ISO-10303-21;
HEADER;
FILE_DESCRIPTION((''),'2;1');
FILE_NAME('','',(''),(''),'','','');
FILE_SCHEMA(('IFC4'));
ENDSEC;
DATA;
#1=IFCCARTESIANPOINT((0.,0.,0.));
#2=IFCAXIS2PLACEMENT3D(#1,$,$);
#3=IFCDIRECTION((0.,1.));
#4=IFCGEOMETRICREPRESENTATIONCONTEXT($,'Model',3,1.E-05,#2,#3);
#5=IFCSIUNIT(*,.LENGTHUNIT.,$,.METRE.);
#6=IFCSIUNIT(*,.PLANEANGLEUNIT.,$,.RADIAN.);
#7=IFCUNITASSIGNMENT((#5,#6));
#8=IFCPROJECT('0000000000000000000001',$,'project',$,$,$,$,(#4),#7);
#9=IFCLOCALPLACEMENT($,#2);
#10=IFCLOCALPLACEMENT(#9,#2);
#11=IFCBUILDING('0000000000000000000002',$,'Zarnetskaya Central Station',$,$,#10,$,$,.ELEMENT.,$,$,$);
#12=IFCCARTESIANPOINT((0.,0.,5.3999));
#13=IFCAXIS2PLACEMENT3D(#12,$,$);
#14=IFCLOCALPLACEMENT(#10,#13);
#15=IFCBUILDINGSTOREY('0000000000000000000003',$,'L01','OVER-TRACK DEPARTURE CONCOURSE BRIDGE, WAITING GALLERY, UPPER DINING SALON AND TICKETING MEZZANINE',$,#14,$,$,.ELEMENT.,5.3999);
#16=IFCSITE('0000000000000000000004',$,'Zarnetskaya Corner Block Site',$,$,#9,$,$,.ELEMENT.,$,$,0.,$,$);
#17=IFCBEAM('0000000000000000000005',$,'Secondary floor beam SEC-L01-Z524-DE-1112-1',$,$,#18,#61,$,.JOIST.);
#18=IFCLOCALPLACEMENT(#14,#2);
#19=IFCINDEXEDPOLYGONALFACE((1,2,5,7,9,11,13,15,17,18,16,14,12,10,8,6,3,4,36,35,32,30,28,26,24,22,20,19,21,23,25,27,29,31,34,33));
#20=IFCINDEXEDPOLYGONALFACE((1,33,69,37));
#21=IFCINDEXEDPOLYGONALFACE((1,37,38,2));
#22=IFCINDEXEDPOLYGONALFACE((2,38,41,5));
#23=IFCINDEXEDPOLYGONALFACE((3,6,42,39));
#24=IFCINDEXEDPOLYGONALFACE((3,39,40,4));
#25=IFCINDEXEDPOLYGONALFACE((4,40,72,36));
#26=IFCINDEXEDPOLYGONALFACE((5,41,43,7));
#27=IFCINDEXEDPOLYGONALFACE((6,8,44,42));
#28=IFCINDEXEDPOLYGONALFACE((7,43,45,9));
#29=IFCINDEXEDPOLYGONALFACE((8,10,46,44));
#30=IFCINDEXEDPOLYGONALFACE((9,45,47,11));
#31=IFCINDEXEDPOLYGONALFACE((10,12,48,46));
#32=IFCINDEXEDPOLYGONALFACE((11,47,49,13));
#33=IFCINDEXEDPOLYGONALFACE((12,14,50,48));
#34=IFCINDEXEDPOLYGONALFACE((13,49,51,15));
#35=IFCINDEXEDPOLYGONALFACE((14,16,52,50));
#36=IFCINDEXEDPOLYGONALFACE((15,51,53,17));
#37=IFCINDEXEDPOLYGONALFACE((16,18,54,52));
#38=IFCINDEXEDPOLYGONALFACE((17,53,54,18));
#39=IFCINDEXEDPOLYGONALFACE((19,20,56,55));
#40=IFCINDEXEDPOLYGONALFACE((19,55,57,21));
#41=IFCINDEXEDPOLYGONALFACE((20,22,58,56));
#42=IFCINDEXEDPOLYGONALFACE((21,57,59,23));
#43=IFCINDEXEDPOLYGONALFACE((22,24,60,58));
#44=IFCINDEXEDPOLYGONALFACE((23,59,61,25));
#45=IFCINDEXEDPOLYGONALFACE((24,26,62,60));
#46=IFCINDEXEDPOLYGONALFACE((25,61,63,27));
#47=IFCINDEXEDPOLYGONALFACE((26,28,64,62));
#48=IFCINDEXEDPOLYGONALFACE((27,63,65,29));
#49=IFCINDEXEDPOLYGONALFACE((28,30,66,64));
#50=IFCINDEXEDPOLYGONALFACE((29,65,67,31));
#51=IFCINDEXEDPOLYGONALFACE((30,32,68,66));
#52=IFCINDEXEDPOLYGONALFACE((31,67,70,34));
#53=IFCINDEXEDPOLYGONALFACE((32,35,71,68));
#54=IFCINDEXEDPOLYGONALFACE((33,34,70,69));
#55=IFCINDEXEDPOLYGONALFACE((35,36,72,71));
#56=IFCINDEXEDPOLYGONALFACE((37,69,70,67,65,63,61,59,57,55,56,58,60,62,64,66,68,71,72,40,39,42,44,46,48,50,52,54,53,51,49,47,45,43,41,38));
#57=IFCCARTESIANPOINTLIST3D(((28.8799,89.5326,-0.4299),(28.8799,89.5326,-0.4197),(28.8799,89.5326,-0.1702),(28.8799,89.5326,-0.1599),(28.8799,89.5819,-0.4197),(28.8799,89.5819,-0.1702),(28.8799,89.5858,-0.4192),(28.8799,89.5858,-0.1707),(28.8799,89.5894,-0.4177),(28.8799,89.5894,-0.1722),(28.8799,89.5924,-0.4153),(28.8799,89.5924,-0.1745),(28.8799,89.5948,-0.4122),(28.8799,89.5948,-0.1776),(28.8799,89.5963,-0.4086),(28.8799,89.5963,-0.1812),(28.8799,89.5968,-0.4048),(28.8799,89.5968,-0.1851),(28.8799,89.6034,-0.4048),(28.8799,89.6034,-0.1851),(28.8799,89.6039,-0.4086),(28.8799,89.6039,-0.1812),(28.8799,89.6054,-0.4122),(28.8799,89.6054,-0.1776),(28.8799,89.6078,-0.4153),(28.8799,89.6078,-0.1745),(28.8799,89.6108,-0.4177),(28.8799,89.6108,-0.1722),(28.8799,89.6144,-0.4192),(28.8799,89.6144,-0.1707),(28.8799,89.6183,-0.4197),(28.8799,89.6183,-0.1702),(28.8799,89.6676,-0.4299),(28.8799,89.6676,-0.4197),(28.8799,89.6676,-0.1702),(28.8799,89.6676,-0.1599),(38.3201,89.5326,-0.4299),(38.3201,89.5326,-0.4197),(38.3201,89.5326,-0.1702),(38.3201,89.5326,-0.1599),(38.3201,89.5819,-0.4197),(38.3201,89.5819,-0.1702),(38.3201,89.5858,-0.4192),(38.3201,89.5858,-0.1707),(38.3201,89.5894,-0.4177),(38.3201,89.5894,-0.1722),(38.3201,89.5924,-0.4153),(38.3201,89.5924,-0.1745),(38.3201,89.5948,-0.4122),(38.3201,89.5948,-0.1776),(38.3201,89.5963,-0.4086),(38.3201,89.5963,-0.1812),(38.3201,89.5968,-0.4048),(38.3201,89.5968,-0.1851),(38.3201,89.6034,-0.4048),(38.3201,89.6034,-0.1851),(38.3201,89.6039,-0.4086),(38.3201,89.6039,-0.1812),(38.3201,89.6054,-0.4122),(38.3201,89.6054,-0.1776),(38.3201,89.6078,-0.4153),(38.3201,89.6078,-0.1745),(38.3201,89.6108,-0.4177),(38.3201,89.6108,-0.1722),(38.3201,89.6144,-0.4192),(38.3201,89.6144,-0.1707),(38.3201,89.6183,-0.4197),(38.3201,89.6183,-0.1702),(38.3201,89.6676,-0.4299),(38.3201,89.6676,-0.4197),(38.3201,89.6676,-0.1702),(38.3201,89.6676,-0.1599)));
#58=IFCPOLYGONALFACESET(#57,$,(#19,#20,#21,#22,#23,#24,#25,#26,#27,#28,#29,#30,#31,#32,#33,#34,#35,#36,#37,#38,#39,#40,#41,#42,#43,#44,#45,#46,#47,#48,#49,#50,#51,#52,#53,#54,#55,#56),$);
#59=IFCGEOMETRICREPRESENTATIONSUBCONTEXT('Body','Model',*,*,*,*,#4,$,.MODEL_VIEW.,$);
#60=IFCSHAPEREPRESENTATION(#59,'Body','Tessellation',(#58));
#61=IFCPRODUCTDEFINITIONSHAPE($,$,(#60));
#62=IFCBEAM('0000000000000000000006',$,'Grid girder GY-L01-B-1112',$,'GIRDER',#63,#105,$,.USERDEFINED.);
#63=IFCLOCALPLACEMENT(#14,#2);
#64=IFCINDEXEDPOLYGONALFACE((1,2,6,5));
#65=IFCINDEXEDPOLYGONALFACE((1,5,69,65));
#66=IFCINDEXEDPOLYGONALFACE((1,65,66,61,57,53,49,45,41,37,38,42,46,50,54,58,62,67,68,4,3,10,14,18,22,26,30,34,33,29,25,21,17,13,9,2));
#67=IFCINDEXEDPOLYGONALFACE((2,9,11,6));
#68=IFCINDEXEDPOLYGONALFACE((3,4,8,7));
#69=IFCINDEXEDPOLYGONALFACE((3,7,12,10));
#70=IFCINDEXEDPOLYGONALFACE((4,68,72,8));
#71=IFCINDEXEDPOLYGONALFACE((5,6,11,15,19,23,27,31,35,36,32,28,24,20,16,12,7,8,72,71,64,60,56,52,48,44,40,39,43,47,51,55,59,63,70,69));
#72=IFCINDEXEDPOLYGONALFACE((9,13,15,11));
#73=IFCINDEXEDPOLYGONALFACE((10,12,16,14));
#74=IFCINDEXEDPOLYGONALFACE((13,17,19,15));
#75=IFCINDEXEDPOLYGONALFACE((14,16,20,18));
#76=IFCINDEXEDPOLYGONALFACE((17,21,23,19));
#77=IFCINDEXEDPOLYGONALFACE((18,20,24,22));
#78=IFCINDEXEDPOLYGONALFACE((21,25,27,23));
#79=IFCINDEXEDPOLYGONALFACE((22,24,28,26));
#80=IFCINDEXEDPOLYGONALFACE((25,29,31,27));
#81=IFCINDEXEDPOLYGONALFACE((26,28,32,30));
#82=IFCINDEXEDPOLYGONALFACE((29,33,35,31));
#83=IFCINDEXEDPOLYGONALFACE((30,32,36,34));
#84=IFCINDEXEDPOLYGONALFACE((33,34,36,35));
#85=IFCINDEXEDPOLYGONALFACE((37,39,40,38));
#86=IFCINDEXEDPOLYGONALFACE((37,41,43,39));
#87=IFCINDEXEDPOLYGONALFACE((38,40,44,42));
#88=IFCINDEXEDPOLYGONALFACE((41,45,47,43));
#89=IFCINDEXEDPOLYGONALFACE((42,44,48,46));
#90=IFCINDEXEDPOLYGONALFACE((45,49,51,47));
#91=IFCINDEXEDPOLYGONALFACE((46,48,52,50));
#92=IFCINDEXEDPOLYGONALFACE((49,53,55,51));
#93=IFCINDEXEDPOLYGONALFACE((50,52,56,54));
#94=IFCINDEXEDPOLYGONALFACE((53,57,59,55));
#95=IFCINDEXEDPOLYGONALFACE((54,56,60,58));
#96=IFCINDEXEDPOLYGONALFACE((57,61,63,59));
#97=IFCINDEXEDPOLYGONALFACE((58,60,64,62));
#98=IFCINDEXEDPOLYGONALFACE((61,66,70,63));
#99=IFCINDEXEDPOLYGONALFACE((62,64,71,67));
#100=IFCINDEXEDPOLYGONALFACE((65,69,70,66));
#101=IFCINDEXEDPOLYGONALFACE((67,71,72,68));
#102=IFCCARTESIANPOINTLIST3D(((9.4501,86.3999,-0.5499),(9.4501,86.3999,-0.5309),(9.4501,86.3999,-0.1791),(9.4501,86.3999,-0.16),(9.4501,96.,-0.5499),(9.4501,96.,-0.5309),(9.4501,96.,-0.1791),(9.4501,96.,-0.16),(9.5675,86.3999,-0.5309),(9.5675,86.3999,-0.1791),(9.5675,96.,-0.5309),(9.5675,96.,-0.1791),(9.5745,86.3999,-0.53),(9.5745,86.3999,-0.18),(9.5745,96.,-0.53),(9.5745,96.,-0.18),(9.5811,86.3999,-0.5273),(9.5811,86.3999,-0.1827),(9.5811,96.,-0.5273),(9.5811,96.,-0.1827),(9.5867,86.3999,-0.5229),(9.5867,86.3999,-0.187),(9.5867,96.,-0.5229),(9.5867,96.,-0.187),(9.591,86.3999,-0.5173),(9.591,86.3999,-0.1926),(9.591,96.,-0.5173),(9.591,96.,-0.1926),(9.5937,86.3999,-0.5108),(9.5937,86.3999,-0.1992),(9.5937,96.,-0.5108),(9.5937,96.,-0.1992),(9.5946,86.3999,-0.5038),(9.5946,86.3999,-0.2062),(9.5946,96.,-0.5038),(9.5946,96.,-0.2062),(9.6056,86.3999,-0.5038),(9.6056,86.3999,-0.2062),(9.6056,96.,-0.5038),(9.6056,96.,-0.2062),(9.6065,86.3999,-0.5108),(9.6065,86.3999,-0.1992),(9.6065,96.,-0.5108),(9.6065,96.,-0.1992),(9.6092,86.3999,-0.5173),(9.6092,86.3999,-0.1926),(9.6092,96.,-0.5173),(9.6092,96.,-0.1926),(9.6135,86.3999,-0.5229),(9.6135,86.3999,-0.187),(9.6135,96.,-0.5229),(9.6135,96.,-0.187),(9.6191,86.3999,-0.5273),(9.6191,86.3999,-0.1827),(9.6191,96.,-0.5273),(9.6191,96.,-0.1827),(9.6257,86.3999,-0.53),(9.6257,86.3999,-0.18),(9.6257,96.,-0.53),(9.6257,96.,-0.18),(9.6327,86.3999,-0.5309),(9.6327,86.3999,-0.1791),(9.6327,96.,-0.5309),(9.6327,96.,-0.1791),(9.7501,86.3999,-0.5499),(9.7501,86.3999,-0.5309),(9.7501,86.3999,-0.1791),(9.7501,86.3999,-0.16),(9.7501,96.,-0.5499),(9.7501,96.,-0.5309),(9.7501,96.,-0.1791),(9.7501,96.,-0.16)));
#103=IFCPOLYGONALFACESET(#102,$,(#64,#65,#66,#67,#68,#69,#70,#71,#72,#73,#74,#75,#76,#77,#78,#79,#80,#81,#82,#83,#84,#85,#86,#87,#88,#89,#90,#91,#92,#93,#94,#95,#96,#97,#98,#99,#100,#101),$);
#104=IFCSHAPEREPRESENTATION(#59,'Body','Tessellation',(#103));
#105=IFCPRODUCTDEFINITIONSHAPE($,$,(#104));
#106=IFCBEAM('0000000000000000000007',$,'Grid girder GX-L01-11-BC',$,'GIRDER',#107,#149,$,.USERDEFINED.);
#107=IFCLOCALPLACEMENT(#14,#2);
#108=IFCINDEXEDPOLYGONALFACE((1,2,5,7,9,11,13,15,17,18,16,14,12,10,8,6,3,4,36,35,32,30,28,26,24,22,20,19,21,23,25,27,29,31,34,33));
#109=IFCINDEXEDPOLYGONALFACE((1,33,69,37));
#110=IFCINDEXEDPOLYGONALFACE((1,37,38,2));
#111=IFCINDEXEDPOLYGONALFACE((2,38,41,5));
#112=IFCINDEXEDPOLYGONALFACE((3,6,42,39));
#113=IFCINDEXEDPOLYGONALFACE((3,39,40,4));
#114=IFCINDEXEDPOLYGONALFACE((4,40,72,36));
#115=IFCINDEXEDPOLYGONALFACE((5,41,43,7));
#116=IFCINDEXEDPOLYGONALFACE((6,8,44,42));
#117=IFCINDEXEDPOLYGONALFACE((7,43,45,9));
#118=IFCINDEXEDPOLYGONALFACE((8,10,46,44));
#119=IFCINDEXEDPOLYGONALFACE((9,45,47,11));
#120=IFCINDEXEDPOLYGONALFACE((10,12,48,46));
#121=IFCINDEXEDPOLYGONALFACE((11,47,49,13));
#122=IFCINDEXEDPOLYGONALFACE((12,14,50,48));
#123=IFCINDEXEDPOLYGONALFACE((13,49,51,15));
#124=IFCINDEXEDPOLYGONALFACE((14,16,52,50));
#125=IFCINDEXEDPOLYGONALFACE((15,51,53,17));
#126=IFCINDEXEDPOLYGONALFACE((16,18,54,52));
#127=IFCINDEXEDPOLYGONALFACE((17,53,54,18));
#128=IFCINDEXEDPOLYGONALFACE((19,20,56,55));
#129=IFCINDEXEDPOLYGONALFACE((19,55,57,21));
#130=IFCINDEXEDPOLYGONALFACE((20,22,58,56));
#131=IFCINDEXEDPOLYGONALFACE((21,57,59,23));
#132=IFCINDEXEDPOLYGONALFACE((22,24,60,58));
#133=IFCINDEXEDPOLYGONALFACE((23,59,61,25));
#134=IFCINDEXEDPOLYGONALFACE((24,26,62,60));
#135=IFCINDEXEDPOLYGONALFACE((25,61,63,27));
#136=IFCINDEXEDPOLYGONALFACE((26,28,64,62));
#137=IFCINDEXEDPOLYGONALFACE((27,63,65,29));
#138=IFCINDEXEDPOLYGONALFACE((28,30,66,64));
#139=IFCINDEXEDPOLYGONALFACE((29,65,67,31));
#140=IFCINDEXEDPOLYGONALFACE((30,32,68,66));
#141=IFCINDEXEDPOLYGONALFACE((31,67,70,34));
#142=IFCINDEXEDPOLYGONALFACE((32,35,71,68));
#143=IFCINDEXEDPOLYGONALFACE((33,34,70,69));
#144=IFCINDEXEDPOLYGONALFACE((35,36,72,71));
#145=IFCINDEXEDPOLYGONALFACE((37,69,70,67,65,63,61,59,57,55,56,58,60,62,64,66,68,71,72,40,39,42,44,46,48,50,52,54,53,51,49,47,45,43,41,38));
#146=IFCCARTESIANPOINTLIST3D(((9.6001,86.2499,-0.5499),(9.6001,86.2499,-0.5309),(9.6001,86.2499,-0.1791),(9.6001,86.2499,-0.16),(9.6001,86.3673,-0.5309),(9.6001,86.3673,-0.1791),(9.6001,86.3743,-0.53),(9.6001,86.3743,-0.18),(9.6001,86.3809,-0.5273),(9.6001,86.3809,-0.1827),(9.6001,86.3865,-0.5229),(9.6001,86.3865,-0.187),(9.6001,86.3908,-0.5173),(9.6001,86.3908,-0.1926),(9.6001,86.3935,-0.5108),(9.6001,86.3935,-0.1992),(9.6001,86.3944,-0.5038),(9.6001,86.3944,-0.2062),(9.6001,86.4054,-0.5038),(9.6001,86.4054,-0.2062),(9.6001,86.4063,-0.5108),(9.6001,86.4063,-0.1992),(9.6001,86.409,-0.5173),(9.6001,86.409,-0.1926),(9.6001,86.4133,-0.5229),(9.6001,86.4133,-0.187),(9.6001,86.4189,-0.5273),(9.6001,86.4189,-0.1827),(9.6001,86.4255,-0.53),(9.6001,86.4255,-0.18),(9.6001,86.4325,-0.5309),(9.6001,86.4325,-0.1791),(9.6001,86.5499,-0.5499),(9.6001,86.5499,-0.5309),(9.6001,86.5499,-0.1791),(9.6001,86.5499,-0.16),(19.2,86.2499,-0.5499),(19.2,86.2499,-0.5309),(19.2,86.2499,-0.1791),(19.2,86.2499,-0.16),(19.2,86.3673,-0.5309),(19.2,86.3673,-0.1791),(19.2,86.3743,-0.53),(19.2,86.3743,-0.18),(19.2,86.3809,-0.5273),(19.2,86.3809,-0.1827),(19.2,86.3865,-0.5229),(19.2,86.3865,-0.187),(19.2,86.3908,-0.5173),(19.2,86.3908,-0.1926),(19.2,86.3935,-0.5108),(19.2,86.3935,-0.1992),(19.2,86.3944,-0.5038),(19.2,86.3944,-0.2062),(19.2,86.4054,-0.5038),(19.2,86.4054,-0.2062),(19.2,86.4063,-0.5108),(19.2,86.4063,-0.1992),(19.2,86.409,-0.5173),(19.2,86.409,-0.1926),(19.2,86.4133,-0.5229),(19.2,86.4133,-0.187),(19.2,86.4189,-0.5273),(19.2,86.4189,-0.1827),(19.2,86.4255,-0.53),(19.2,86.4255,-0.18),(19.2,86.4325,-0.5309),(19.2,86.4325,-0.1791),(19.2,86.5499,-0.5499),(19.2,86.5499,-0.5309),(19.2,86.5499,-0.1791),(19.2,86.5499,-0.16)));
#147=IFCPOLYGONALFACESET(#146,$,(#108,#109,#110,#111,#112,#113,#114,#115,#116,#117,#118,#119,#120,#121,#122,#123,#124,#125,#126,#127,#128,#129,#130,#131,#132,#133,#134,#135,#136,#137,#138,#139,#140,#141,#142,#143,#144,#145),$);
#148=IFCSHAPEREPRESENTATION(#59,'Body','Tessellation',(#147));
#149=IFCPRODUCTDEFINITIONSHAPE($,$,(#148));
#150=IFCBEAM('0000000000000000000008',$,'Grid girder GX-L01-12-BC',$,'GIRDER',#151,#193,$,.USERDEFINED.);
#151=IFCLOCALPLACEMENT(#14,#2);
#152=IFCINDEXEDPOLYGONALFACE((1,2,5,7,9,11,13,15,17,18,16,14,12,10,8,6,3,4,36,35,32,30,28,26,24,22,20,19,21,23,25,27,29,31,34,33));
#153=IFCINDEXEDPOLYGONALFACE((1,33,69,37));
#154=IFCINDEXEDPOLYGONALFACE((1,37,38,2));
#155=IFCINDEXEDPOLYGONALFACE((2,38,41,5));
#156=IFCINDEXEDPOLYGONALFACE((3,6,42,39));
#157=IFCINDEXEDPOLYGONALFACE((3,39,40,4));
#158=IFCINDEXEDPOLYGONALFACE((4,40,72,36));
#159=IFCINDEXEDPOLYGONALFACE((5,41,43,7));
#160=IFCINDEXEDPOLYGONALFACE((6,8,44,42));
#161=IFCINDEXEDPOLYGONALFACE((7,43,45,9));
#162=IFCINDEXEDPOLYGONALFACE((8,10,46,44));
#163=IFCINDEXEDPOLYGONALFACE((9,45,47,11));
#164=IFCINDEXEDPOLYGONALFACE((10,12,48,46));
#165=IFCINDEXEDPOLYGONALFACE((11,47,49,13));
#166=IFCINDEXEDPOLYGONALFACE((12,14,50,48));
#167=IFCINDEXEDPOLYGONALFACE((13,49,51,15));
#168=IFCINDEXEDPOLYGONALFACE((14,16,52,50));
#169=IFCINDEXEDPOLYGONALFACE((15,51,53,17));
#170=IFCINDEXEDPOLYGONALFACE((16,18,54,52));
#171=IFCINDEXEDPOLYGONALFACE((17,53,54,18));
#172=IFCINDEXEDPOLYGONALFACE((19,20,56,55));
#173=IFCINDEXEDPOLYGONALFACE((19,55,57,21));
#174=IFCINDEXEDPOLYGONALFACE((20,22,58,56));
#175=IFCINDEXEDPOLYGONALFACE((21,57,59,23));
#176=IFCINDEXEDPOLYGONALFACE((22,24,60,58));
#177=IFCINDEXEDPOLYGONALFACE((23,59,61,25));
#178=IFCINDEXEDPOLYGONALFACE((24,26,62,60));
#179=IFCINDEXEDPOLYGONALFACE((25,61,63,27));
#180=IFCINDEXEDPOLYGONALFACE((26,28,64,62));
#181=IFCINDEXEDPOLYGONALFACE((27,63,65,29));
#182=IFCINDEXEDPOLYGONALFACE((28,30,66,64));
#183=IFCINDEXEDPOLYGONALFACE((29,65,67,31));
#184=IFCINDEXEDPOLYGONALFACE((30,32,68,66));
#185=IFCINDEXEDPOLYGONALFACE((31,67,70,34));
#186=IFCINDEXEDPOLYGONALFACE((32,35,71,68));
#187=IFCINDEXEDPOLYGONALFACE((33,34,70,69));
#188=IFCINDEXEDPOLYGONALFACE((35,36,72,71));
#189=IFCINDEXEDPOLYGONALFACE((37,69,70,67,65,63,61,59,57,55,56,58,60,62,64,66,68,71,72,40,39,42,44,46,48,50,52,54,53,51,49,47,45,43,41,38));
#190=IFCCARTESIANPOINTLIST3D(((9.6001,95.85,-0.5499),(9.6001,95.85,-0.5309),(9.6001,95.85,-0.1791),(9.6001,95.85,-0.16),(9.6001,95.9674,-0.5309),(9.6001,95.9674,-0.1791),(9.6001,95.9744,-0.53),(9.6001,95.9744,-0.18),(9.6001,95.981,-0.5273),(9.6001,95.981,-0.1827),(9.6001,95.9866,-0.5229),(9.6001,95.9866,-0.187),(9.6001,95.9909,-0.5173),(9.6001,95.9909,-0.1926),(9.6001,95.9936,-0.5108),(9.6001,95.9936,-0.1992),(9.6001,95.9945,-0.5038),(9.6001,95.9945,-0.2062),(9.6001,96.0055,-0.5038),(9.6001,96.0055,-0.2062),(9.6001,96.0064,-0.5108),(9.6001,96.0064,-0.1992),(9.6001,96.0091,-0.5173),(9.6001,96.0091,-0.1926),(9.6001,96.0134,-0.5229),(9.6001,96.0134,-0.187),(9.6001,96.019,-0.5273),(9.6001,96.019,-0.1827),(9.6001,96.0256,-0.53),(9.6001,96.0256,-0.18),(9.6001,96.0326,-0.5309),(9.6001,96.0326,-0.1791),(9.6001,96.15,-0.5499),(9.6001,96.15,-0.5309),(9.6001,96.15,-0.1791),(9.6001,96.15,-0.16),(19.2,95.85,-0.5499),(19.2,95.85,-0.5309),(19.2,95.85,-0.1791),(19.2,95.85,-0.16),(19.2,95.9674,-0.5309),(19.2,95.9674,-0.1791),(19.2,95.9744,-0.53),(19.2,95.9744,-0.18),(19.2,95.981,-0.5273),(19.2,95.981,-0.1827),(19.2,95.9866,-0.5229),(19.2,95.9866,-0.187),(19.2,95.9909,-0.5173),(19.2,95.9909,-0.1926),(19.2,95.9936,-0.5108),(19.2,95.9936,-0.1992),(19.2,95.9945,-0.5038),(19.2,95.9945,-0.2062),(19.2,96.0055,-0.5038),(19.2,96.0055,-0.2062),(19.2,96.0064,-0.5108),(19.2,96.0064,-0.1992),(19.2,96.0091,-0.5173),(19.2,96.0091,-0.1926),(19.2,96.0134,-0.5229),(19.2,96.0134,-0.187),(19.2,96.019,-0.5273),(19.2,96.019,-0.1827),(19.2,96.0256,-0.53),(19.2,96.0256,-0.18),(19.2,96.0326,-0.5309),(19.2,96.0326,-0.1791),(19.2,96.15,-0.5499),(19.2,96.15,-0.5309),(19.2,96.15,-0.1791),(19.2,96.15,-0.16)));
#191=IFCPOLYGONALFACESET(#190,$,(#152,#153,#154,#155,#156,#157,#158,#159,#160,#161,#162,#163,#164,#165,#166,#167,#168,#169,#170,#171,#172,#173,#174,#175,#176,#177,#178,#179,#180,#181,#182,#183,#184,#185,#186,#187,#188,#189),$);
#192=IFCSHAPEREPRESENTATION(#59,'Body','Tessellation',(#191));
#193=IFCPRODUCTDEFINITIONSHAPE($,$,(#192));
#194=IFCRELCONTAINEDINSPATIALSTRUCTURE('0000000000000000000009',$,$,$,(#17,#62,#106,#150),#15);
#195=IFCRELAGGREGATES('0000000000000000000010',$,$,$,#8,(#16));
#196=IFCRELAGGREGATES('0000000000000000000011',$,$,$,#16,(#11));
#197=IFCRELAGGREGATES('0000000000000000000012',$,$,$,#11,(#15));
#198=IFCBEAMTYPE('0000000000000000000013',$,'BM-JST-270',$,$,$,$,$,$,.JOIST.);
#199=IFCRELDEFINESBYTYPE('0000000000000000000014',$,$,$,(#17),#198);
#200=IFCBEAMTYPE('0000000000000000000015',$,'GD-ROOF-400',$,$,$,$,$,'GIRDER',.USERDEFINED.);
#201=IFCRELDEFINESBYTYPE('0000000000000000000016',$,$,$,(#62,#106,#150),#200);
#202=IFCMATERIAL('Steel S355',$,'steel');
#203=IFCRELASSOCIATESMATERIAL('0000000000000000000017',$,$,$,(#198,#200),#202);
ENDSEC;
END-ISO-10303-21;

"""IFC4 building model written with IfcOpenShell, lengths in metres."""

from ifc_helpers import new_model, si_unit, direction, frame, origin, origin_2d, place, context, subcontext, project, spatial, i_section, extrude, material, material_profile, profile_set, type_object, element, save


model = new_model("IFC4")

# Units and contexts
model_context = context("Model", 3, precision=1e-05, world=origin(), true_north=direction((0.0, 1.0)))
body_context = subcontext(model_context, "Body", "Model", "MODEL_VIEW")
ifc_project = project(units=[si_unit("LENGTHUNIT", "METRE"), si_unit("PLANEANGLEUNIT", "RADIAN")], contexts=[model_context])

# Site, building, storey
site_placement = place(None, origin())
site = spatial("IfcSite", under=ifc_project, at=site_placement, Name="Zarnetskaya Corner Block Site", CompositionType="ELEMENT", RefElevation=0.0)
building_placement = place(site_placement, origin())
building = spatial("IfcBuilding", under=site, at=building_placement, Name="Zarnetskaya Central Station", CompositionType="ELEMENT")
storey_placement = place(building_placement, frame((0.0, 0.0, 5.3999)))
storey = spatial("IfcBuildingStorey", under=building, at=storey_placement, Name="L01", Description="OVER-TRACK DEPARTURE CONCOURSE BRIDGE, WAITING GALLERY, UPPER DINING SALON AND TICKETING MEZZANINE", CompositionType="ELEMENT", Elevation=5.3999)

# Beams
ifc_material = material(Name="Steel S355", Category="steel")
ifc_material_profile_1 = material_profile(ifc_material, i_section(OverallWidth=0.135, OverallDepth=0.27, WebThickness=0.0066, FlangeThickness=0.0103, FilletRadius=0.0149, at=origin_2d()), Name="IPE 270")
ifc_profile_set_1 = profile_set([ifc_material_profile_1], Name="Steel S355")
beam_type_1 = type_object("IfcBeamType", Name="BM-JST-270", PredefinedType="JOIST", material=ifc_profile_set_1)
beam_1_placement = place(storey_placement, frame((28.8799, 89.6001, -0.2949), z_axis=(1.0, 0.0, 0.0), x_axis=(0.0, 1.0, 0.0)))
element("IfcBeam", 1, at=beam_1_placement, inside=storey, type_object=beam_type_1, Name="Secondary floor beam SEC-L01-Z524-DE-1112-1", PredefinedType="JOIST", context=body_context, shape_type="SweptSolid", body=[
    extrude(i_section(OverallWidth=0.135, OverallDepth=0.27, WebThickness=0.0066, FlangeThickness=0.0103, FilletRadius=0.0149, at=origin_2d()), origin(), (0.0, 0.0, 1.0), 9.4402),
])
ifc_material_profile_2 = material_profile(ifc_material, i_section(OverallWidth=0.3, OverallDepth=0.3899, WebThickness=0.011, FlangeThickness=0.019, FilletRadius=0.0271, at=origin_2d()), Name="HEA 400")
ifc_profile_set_2 = profile_set([ifc_material_profile_2], Name="Steel S355")
beam_type_2 = type_object("IfcBeamType", Name="GD-ROOF-400", ElementType="GIRDER", PredefinedType="USERDEFINED", material=ifc_profile_set_2)
beam_2_placement = place(storey_placement, frame((9.6001, 86.3999, -0.355), z_axis=(0.0, 1.0, 0.0), x_axis=(-1.0, 0.0, 0.0)))
element("IfcBeam", 2, at=beam_2_placement, inside=storey, type_object=beam_type_2, Name="Grid girder GY-L01-B-1112", ObjectType="GIRDER", PredefinedType="USERDEFINED", context=body_context, shape_type="SweptSolid", body=[
    extrude(i_section(OverallWidth=0.3, OverallDepth=0.3899, WebThickness=0.011, FlangeThickness=0.019, FilletRadius=0.0271, at=origin_2d()), origin(), (0.0, 0.0, 1.0), 9.6001),
])
for number, where, z_axis, x_axis, name in (
    (3, (9.6001, 86.3999, -0.355), (1.0, 0.0, 0.0), (0.0, 1.0, 0.0), "Grid girder GX-L01-11-BC"),
    (4, (9.6001, 96.0, -0.355), (1.0, 0.0, 0.0), (0.0, 1.0, 0.0), "Grid girder GX-L01-12-BC"),
):
    element("IfcBeam", number, at=place(storey_placement, frame(where, z_axis=z_axis, x_axis=x_axis)), inside=storey, type_object=beam_type_2, Name=name, ObjectType="GIRDER", PredefinedType="USERDEFINED", context=body_context, shape_type="SweptSolid", body=[
        extrude(i_section(OverallWidth=0.3, OverallDepth=0.3899, WebThickness=0.011, FlangeThickness=0.019, FilletRadius=0.0271, at=origin_2d()), origin(), (0.0, 0.0, 1.0), 9.5999),
    ])

save(model, "model.ifc")
